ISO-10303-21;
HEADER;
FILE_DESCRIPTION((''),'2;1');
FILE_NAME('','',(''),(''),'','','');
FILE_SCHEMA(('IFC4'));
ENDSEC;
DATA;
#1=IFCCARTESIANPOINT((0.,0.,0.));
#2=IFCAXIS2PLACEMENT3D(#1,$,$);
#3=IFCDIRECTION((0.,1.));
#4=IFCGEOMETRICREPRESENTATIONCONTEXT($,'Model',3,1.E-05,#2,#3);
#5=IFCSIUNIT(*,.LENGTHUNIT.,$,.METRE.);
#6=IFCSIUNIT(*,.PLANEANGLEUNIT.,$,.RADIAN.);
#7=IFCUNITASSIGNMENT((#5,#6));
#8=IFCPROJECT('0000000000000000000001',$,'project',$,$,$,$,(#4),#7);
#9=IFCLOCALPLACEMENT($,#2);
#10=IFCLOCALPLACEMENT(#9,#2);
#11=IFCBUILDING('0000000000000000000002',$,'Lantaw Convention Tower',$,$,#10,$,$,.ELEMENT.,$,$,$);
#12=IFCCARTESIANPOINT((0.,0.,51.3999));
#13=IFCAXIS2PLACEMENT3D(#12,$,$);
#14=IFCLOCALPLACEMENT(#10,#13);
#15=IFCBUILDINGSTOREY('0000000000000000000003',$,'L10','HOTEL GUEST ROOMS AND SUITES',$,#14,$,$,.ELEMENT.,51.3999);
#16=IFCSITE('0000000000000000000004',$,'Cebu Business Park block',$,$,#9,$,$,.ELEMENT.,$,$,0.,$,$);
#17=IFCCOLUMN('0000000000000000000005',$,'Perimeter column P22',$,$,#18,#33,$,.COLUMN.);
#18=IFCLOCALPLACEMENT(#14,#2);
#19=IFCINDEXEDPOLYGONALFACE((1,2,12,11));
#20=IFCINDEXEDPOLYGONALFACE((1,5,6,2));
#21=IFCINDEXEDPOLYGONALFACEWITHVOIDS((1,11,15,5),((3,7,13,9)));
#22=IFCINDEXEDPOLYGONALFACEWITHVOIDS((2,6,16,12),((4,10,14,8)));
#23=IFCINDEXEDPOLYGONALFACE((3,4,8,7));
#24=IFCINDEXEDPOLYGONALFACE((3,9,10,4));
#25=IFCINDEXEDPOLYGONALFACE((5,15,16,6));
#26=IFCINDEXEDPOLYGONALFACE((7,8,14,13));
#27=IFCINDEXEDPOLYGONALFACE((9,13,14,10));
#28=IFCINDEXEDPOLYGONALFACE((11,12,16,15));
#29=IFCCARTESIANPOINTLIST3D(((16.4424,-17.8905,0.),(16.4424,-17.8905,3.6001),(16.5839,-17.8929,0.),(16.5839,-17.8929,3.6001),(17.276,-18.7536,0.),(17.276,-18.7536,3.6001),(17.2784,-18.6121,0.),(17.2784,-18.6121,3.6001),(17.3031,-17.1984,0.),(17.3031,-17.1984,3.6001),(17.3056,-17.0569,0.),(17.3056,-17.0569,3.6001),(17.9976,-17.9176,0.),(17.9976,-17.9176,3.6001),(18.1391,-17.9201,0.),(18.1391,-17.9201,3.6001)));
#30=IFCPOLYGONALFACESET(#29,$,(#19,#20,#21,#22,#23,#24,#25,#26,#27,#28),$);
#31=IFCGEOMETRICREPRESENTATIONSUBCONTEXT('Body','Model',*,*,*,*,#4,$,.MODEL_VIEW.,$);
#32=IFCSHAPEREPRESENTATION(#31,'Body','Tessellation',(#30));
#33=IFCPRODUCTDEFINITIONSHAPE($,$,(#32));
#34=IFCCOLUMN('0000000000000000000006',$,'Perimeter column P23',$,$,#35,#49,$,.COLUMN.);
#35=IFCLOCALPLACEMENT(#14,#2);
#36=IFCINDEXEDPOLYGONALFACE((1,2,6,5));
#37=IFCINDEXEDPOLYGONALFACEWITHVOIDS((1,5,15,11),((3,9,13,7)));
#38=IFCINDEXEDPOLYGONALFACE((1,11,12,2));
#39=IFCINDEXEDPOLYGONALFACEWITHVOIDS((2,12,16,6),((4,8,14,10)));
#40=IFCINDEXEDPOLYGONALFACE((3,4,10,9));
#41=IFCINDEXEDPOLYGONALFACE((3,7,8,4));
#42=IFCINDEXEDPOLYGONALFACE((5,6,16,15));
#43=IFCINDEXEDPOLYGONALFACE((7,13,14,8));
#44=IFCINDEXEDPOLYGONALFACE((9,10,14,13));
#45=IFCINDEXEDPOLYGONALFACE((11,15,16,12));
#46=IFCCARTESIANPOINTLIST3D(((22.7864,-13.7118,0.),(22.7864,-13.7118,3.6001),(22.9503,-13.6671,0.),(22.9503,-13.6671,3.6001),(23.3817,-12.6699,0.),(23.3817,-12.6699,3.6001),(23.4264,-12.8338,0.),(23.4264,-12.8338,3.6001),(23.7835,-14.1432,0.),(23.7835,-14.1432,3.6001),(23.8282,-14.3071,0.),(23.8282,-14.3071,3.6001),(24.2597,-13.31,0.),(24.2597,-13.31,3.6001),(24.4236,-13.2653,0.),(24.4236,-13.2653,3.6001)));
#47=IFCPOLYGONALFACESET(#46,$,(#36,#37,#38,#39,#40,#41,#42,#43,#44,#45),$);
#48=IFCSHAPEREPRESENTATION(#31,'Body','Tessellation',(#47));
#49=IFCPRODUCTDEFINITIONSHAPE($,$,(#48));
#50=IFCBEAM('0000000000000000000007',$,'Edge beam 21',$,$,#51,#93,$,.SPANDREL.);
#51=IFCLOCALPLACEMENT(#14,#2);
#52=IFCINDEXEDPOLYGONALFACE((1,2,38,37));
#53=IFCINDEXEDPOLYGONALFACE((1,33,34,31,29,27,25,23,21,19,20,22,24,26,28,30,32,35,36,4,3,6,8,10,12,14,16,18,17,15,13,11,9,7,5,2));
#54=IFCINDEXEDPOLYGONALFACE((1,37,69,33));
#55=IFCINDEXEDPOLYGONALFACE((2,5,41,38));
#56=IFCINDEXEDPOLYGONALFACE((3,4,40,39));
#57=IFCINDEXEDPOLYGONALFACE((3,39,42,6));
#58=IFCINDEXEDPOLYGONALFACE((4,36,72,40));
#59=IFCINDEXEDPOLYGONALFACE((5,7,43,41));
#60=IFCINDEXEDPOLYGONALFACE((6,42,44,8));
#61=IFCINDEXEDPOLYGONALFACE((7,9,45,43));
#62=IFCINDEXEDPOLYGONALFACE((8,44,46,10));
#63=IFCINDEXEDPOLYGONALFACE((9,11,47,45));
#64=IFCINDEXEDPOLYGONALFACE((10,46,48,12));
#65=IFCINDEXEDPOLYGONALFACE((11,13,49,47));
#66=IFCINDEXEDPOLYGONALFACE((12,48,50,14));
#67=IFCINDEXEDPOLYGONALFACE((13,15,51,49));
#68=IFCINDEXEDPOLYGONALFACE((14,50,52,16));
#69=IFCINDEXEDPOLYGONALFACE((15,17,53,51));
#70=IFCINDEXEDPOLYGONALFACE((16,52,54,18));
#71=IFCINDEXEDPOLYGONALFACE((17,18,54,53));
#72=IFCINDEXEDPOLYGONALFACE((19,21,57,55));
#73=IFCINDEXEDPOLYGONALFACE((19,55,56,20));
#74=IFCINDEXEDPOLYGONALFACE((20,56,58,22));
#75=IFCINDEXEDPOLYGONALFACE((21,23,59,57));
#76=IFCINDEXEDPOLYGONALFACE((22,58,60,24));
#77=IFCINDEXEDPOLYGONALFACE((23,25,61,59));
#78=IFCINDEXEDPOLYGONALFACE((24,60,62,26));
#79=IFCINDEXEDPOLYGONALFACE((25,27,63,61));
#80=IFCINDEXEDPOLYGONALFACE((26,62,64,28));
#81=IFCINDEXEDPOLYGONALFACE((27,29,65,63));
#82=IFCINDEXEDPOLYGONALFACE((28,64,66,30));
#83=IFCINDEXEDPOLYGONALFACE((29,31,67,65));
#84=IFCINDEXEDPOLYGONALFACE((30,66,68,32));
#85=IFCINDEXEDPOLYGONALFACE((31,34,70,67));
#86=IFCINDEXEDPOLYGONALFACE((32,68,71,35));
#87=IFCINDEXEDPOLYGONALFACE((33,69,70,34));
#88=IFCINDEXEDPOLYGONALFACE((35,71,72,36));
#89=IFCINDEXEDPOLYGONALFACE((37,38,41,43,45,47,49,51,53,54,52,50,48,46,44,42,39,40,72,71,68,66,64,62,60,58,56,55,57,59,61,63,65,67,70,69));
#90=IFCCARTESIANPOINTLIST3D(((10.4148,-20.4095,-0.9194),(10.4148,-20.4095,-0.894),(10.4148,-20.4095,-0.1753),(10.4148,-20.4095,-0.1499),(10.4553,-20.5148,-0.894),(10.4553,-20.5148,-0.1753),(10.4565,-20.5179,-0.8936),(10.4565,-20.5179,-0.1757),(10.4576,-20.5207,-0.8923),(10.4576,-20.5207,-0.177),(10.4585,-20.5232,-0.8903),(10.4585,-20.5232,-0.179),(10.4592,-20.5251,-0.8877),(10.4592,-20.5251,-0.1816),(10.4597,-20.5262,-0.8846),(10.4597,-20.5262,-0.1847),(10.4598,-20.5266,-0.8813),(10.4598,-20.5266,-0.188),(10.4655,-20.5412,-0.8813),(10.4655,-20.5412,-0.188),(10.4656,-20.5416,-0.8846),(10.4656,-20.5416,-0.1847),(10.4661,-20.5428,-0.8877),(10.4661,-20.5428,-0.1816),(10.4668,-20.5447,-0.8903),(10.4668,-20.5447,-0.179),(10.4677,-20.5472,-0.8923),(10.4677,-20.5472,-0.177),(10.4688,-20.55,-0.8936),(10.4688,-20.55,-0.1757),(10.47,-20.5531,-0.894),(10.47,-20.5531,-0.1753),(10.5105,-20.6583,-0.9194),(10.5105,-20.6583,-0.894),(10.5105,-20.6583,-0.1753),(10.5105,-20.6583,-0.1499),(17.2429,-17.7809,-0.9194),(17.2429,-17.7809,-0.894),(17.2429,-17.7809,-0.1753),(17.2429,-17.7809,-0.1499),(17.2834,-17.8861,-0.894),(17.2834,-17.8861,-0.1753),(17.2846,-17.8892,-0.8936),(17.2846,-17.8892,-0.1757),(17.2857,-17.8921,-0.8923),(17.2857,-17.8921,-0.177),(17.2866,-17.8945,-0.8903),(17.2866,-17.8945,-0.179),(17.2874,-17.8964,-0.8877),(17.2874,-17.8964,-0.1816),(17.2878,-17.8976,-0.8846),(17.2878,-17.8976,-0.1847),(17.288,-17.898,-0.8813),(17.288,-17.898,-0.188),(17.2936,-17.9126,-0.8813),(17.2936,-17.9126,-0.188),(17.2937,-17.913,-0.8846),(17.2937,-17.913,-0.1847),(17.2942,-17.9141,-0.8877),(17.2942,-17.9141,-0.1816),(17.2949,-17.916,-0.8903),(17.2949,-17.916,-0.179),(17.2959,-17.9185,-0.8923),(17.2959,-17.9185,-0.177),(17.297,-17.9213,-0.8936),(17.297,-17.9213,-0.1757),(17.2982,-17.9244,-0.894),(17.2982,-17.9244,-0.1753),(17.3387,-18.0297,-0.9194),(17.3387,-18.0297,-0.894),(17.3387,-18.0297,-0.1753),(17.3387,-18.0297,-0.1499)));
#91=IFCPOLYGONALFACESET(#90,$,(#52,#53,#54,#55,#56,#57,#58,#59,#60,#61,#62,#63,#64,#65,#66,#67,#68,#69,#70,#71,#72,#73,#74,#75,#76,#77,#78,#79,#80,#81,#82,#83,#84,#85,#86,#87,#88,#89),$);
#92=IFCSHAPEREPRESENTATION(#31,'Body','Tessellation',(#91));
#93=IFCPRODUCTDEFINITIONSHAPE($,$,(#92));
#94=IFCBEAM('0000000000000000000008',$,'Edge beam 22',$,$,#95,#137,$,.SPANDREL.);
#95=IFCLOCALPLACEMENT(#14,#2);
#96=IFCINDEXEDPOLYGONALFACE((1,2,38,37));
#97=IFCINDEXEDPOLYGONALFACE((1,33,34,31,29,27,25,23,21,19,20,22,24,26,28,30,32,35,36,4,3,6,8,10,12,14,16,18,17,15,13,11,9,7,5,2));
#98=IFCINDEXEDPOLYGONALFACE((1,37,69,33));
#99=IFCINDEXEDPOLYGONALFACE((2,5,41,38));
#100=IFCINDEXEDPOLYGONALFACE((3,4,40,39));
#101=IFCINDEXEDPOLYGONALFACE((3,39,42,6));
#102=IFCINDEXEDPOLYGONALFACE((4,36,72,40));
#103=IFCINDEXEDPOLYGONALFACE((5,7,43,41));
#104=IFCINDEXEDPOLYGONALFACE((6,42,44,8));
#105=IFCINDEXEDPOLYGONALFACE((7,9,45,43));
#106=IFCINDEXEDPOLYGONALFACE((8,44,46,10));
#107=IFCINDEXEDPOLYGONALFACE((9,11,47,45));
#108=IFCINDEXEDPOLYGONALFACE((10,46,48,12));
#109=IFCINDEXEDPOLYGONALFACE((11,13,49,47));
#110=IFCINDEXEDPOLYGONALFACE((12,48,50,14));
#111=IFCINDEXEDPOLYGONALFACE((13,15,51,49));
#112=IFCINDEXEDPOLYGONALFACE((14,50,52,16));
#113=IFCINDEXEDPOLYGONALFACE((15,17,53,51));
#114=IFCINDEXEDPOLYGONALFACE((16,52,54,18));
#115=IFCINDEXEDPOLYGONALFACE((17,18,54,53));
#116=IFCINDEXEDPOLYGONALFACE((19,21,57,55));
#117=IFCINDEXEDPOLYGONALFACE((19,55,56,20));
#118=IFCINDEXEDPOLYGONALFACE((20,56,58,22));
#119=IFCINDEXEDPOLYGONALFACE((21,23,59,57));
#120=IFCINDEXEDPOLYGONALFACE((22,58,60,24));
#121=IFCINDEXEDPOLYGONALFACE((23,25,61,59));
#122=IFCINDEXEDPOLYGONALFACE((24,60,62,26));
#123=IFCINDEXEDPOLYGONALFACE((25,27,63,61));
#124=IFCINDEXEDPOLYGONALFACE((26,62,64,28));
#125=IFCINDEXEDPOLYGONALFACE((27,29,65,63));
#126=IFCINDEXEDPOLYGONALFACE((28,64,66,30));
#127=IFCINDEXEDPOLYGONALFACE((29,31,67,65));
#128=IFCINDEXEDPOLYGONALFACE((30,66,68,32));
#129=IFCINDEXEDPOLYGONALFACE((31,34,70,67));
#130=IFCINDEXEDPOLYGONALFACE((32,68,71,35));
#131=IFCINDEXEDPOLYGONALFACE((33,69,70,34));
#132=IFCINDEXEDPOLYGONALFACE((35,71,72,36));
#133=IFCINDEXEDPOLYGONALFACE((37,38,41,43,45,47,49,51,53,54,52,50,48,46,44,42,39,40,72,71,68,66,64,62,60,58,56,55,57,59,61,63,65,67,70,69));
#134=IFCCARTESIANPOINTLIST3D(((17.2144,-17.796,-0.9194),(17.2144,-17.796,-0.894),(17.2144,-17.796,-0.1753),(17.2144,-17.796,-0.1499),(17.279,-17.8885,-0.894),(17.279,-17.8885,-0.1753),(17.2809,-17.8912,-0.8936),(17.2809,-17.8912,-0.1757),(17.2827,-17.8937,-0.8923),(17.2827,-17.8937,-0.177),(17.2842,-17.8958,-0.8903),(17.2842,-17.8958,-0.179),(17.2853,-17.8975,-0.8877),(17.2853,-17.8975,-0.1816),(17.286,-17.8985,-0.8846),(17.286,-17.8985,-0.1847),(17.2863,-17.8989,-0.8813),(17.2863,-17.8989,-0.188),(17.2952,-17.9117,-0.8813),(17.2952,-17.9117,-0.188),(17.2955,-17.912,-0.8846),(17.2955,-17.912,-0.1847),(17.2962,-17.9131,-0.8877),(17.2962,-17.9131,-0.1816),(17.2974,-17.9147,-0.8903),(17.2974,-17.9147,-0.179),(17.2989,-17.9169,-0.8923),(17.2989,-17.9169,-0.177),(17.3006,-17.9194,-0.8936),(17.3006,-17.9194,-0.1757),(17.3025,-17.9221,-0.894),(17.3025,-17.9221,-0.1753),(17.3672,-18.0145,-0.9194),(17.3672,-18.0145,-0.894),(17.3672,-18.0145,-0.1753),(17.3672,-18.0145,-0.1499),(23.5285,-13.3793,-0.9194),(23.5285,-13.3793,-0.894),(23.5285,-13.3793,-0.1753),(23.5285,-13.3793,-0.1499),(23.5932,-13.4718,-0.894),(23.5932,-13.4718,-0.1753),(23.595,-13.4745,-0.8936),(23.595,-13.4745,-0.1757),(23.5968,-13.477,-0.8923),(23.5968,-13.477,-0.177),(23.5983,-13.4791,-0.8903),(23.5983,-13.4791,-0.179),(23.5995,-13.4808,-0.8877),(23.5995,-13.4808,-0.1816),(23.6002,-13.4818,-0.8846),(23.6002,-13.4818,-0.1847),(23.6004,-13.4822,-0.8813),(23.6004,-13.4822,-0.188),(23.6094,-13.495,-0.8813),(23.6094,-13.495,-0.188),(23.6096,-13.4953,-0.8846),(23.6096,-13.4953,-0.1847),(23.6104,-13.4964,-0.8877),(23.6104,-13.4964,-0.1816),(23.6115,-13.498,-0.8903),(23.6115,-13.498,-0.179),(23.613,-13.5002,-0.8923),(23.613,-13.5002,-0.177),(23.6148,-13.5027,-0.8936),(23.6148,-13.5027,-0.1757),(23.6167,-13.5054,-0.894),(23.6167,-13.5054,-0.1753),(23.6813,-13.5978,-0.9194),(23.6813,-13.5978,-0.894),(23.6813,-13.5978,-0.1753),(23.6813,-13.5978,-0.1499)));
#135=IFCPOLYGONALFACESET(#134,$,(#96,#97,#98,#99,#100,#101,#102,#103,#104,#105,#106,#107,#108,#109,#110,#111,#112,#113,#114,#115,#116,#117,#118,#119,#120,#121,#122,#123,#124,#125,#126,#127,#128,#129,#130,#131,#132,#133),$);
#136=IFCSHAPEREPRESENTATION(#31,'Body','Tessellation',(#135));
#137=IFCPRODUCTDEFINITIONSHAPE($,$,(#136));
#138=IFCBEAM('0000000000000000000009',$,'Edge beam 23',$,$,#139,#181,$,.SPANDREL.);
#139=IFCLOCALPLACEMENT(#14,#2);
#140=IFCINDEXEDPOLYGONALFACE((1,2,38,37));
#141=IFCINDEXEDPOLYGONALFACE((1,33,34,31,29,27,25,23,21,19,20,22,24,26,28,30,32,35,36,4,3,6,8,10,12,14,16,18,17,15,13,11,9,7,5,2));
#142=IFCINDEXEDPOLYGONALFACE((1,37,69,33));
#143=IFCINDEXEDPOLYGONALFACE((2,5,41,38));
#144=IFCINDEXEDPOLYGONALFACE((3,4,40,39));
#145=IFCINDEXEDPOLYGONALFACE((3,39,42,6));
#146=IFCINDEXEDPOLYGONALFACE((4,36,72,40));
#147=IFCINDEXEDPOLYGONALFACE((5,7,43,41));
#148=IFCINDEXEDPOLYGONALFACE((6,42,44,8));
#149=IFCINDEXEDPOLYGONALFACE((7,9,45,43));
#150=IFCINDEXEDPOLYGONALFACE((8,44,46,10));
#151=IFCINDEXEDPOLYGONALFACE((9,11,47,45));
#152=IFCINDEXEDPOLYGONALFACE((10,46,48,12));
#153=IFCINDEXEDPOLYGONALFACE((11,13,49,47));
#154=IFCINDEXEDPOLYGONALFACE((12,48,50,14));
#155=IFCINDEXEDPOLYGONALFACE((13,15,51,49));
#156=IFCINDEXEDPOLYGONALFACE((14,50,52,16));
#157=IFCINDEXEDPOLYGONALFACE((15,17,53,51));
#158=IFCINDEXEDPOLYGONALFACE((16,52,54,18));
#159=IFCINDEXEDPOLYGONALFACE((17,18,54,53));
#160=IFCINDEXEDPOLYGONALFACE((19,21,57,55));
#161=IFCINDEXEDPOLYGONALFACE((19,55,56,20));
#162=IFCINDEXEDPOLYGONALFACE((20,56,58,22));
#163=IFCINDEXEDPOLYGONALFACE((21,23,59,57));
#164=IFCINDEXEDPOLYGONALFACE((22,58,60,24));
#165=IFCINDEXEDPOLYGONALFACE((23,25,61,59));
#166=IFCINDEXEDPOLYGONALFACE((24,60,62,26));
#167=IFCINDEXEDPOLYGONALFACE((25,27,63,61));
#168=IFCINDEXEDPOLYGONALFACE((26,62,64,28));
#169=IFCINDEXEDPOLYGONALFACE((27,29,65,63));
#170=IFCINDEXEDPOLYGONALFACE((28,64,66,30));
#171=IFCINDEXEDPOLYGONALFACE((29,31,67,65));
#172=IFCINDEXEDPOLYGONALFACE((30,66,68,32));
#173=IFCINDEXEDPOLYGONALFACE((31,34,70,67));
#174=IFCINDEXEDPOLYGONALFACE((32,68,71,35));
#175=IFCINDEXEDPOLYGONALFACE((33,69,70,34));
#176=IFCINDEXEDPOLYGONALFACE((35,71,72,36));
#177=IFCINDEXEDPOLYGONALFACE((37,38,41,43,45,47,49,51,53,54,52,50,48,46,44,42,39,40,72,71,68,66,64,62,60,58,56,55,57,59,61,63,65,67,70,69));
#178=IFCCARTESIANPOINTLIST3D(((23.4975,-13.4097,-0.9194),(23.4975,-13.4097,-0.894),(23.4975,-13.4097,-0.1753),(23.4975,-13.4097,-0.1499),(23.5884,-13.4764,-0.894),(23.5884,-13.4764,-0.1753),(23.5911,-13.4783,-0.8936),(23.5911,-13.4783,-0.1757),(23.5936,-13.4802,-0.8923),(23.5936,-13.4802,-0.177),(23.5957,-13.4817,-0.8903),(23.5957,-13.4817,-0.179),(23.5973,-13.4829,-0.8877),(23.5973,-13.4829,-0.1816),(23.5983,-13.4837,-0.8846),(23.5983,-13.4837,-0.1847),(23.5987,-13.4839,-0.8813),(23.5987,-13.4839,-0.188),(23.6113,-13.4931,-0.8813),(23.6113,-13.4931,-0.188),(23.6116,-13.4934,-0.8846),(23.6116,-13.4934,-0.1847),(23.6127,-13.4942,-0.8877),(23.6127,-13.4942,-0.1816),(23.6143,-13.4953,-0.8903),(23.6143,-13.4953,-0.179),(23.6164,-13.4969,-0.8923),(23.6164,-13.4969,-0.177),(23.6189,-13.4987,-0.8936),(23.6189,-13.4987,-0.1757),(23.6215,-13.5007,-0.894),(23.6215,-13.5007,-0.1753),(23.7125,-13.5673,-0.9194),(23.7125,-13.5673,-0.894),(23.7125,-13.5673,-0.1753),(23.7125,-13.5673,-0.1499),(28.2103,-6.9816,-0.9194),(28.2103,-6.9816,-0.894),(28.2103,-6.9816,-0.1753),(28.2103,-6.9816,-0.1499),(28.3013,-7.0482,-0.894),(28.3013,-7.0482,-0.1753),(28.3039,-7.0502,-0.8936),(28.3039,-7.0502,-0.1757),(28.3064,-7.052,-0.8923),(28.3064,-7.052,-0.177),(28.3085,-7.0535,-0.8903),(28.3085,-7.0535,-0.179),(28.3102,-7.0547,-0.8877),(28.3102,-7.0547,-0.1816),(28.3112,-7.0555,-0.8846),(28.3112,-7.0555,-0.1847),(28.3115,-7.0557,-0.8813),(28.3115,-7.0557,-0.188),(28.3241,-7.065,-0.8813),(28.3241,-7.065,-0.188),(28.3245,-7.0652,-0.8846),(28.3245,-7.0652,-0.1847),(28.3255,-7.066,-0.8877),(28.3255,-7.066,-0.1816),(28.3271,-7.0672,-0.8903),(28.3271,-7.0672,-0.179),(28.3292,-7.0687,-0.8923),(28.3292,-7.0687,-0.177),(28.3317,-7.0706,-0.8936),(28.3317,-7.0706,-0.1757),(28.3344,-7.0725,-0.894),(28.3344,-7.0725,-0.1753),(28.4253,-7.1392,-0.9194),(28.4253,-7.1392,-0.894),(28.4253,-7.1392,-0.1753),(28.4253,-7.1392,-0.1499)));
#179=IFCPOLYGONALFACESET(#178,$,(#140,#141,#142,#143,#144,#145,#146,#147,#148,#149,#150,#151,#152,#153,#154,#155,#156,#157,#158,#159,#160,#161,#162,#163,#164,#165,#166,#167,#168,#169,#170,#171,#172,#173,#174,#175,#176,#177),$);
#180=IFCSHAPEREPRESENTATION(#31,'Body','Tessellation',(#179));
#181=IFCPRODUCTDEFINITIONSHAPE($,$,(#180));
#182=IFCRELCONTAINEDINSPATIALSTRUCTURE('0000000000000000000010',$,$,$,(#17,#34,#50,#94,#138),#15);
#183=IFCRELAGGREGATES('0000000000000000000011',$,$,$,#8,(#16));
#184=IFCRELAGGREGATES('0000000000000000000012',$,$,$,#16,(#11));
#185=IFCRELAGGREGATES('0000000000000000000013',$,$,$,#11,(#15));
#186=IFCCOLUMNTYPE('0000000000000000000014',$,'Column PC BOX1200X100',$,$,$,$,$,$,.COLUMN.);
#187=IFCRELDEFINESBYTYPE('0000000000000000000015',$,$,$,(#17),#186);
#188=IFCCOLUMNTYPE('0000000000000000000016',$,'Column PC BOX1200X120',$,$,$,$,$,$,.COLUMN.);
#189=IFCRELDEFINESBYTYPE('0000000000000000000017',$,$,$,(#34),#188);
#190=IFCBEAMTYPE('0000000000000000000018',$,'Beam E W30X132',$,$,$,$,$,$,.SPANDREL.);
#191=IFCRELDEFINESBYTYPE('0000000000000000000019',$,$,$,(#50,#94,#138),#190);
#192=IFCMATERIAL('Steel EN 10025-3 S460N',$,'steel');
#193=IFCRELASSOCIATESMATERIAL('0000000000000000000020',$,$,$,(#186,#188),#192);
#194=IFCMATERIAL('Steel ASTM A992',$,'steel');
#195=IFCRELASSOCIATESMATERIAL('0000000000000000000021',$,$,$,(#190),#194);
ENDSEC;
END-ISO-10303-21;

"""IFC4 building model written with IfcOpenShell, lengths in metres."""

from ifc_helpers import new_model, si_unit, direction, frame, origin, origin_2d, place, context, subcontext, project, spatial, rectangle, hollow_rectangle, i_section, extrude, material, material_profile, profile_set, type_object, element, save


model = new_model("IFC4")

# Units and contexts
model_context = context("Model", 3, precision=1e-05, world=origin(), true_north=direction((0.0, 1.0)))
body_context = subcontext(model_context, "Body", "Model", "MODEL_VIEW")
ifc_project = project(units=[si_unit("LENGTHUNIT", "METRE"), si_unit("PLANEANGLEUNIT", "RADIAN")], contexts=[model_context])

# Site, building, storey
site_placement = place(None, origin())
site = spatial("IfcSite", under=ifc_project, at=site_placement, Name="Cebu Business Park block", CompositionType="ELEMENT", RefElevation=0.0)
building_placement = place(site_placement, origin())
building = spatial("IfcBuilding", under=site, at=building_placement, Name="Lantaw Convention Tower", CompositionType="ELEMENT")
storey_placement = place(building_placement, frame((0.0, 0.0, 51.3999)))
storey = spatial("IfcBuildingStorey", under=building, at=storey_placement, Name="L10", Description="HOTEL GUEST ROOMS AND SUITES", CompositionType="ELEMENT", Elevation=51.3999)

# Columns
ifc_material_1 = material(Name="Steel EN 10025-3 S460N", Category="steel")
ifc_material_profile_1 = material_profile(ifc_material_1, hollow_rectangle(XDim=1.2, YDim=1.2, WallThickness=0.1001, at=origin_2d()), Name="BOX1200X100")
ifc_material_2 = material(Name="Concrete C60/75", Category="concrete")
ifc_material_profile_2 = material_profile(ifc_material_2, rectangle(XDim=1.0, YDim=1.0, at=origin_2d()), Name="Concrete fill of BOX1200X100")
ifc_profile_set_1 = profile_set([ifc_material_profile_1, ifc_material_profile_2], Name="Steel EN 10025-3 S460N")
column_type_1 = type_object("IfcColumnType", Name="Column PC BOX1200X100", PredefinedType="COLUMN", material=ifc_profile_set_1)
column_1_placement = place(storey_placement, frame((17.2908, -17.9053, 0.0), z_axis=(0.0, 0.0, 1.0), x_axis=(0.71934, 0.694658, 0.0)))
element("IfcColumn", 1, at=column_1_placement, inside=storey, type_object=column_type_1, Name="Perimeter column P22", PredefinedType="COLUMN", context=body_context, shape_type="SweptSolid", body=[
    extrude(hollow_rectangle(XDim=1.2, YDim=1.2, WallThickness=0.1001, at=origin_2d()), origin(), (0.0, 0.0, 1.0), 3.6001),
])
ifc_material_profile_3 = material_profile(ifc_material_1, hollow_rectangle(XDim=1.2, YDim=1.2, WallThickness=0.1201, at=origin_2d()), Name="BOX1200X120")
ifc_material_profile_4 = material_profile(ifc_material_2, rectangle(XDim=0.96, YDim=0.96, at=origin_2d()), Name="Concrete fill of BOX1200X120")
ifc_profile_set_2 = profile_set([ifc_material_profile_3, ifc_material_profile_4], Name="Steel EN 10025-3 S460N")
column_type_2 = type_object("IfcColumnType", Name="Column PC BOX1200X120", PredefinedType="COLUMN", material=ifc_profile_set_2)
column_2_placement = place(storey_placement, frame((23.605, -13.4885, 0.0), z_axis=(0.0, 0.0, 1.0), x_axis=(0.496139, 0.868243, 0.0)))
element("IfcColumn", 2, at=column_2_placement, inside=storey, type_object=column_type_2, Name="Perimeter column P23", PredefinedType="COLUMN", context=body_context, shape_type="SweptSolid", body=[
    extrude(hollow_rectangle(XDim=1.2, YDim=1.2, WallThickness=0.1201, at=origin_2d()), origin(), (0.0, 0.0, 1.0), 3.6001),
])

# Beams
ifc_material_3 = material(Name="Steel ASTM A992", Category="steel")
ifc_material_profile_5 = material_profile(ifc_material_3, i_section(OverallWidth=0.2666, OverallDepth=0.7695, WebThickness=0.0156, FlangeThickness=0.0254, FilletRadius=0.0127, at=origin_2d()), Name="W30X132")
ifc_profile_set_3 = profile_set([ifc_material_profile_5], Name="Steel ASTM A992")
beam_type_1 = type_object("IfcBeamType", Name="Beam E W30X132", PredefinedType="SPANDREL", material=ifc_profile_set_3)
beam_1_placement = place(storey_placement, frame((10.4626, -20.5339, -0.5347), z_axis=(0.933233, 0.359272, 0.0), x_axis=(-0.359272, 0.933233, 0.0)))
element("IfcBeam", 3, at=beam_1_placement, inside=storey, type_object=beam_type_1, Name="Edge beam 21", PredefinedType="SPANDREL", context=body_context, shape_type="SweptSolid", body=[
    extrude(i_section(OverallWidth=0.2666, OverallDepth=0.7695, WebThickness=0.0156, FlangeThickness=0.0254, FilletRadius=0.0127, at=origin_2d()), origin(), (0.0, 0.0, 1.0), 7.3167),
])
beam_2_placement = place(storey_placement, frame((17.2908, -17.9053, -0.5347), z_axis=(0.819427, 0.573184, 0.0), x_axis=(-0.573184, 0.819427, 0.0)))
element("IfcBeam", 4, at=beam_2_placement, inside=storey, type_object=beam_type_1, Name="Edge beam 22", PredefinedType="SPANDREL", context=body_context, shape_type="SweptSolid", body=[
    extrude(i_section(OverallWidth=0.2666, OverallDepth=0.7695, WebThickness=0.0156, FlangeThickness=0.0254, FilletRadius=0.0127, at=origin_2d()), origin(), (0.0, 0.0, 1.0), 7.7056),
])
beam_3_placement = place(storey_placement, frame((23.605, -13.4885, -0.5347), z_axis=(0.591271, 0.806473, 0.0), x_axis=(-0.806473, 0.591271, 0.0)))
element("IfcBeam", 5, at=beam_3_placement, inside=storey, type_object=beam_type_1, Name="Edge beam 23", PredefinedType="SPANDREL", context=body_context, shape_type="SweptSolid", body=[
    extrude(i_section(OverallWidth=0.2666, OverallDepth=0.7695, WebThickness=0.0156, FlangeThickness=0.0254, FilletRadius=0.0127, at=origin_2d()), origin(), (0.0, 0.0, 1.0), 7.9707),
])

save(model, "model.ifc")
